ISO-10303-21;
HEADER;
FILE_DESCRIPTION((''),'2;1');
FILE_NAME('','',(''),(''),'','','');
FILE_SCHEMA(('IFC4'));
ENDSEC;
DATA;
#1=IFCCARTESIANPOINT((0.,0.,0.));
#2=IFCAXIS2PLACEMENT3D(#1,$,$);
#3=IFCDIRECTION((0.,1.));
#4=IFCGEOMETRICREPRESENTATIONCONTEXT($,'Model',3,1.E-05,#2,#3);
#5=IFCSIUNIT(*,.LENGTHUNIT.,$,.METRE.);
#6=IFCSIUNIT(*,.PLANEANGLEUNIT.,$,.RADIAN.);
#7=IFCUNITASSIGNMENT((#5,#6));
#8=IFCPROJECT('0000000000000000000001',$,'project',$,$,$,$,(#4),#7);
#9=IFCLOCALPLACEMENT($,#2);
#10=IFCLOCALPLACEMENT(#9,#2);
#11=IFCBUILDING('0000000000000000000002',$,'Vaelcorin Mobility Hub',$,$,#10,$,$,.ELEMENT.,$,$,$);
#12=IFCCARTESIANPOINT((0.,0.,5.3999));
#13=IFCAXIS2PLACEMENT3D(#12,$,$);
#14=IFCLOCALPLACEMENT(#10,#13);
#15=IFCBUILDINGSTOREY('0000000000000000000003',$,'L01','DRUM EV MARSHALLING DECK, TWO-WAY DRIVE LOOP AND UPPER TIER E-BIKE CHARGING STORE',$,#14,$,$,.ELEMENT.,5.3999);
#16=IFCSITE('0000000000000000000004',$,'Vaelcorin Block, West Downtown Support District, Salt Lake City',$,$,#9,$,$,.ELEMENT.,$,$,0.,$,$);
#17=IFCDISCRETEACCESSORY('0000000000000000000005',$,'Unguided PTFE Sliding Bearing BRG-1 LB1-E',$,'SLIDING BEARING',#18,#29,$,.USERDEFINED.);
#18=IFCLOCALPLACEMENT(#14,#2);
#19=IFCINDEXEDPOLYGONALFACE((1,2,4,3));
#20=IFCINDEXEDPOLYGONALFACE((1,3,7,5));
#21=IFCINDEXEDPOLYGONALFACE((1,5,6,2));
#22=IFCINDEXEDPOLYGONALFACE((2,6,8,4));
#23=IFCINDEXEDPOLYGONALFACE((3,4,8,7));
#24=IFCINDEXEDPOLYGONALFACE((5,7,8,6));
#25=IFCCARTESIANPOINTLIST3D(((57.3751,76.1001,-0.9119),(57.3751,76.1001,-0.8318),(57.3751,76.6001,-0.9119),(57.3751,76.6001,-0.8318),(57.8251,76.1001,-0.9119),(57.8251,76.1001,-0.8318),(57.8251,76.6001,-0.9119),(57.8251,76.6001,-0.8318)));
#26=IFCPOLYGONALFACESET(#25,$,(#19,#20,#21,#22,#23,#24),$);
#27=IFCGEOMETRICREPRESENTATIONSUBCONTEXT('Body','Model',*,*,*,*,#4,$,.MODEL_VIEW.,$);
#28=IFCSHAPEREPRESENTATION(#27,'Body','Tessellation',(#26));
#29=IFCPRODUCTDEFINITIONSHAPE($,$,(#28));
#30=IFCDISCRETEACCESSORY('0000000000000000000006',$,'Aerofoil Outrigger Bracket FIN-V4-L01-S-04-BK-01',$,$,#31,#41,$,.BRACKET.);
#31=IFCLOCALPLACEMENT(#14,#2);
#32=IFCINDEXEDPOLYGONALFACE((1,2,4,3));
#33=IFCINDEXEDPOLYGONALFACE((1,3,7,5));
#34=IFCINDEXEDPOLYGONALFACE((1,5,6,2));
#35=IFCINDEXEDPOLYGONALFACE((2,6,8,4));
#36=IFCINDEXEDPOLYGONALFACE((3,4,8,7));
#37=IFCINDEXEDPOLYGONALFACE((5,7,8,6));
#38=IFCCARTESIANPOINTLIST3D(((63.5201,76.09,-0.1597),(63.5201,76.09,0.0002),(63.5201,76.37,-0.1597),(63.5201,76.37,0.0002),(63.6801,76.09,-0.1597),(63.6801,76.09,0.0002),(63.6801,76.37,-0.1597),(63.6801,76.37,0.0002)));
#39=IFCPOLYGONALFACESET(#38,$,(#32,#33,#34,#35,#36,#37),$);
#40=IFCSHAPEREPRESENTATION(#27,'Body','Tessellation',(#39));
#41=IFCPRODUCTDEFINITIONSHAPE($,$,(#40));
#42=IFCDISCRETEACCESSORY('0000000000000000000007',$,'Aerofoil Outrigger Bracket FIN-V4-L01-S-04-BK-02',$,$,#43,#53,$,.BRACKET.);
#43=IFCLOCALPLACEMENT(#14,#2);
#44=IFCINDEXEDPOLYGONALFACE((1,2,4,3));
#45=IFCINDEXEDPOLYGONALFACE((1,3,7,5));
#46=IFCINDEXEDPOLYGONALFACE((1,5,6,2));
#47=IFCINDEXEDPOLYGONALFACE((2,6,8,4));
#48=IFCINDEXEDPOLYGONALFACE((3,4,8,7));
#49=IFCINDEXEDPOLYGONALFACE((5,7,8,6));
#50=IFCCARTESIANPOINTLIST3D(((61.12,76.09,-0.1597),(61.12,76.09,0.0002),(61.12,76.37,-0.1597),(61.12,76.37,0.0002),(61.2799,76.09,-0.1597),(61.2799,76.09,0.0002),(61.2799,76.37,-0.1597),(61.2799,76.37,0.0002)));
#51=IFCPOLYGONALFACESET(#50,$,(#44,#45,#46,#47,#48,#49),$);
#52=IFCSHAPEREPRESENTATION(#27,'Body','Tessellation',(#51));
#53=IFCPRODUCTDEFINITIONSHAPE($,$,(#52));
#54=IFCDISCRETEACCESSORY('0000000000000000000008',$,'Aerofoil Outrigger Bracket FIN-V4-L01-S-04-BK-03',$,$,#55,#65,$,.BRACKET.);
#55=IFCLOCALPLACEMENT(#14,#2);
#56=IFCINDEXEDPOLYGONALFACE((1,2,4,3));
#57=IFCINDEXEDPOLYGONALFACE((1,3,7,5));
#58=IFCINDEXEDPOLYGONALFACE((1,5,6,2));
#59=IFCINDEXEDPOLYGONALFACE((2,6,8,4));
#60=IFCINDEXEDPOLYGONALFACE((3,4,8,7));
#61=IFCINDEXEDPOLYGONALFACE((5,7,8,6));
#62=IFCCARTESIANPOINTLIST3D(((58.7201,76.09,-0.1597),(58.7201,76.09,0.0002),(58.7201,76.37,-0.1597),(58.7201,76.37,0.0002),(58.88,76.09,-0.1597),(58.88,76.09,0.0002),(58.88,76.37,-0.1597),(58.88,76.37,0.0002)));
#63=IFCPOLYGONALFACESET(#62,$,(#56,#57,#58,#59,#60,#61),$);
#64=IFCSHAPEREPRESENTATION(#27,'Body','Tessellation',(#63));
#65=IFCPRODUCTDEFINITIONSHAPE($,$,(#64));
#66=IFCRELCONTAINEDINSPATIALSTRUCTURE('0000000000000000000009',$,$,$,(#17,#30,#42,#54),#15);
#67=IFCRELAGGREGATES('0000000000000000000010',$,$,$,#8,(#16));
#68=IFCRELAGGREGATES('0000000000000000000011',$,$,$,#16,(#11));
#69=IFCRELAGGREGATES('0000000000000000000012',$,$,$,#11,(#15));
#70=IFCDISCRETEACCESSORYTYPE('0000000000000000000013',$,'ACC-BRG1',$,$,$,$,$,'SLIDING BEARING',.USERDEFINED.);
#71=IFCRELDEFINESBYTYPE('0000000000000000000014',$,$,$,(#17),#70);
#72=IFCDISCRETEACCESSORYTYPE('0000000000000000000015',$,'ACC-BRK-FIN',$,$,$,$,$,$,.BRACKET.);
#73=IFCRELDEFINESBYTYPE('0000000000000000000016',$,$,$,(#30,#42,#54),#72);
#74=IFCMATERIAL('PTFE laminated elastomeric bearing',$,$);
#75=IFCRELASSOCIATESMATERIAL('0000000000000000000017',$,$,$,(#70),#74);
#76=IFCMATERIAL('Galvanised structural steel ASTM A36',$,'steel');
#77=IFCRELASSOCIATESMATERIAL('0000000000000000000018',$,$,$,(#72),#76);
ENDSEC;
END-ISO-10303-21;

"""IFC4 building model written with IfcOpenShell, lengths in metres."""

from ifc_helpers import new_model, si_unit, direction, frame, origin, origin_2d, place, context, subcontext, project, spatial, rectangle, extrude, material, type_object, element, save


model = new_model("IFC4")

# Units and contexts
model_context = context("Model", 3, precision=1e-05, world=origin(), true_north=direction((0.0, 1.0)))
body_context = subcontext(model_context, "Body", "Model", "MODEL_VIEW")
ifc_project = project(units=[si_unit("LENGTHUNIT", "METRE"), si_unit("PLANEANGLEUNIT", "RADIAN")], contexts=[model_context])

# Site, building, storey
site_placement = place(None, origin())
site = spatial("IfcSite", under=ifc_project, at=site_placement, Name="Vaelcorin Block, West Downtown Support District, Salt Lake City", CompositionType="ELEMENT", RefElevation=0.0)
building_placement = place(site_placement, origin())
building = spatial("IfcBuilding", under=site, at=building_placement, Name="Vaelcorin Mobility Hub", CompositionType="ELEMENT")
storey_placement = place(building_placement, frame((0.0, 0.0, 5.3999)))
storey = spatial("IfcBuildingStorey", under=building, at=storey_placement, Name="L01", Description="DRUM EV MARSHALLING DECK, TWO-WAY DRIVE LOOP AND UPPER TIER E-BIKE CHARGING STORE", CompositionType="ELEMENT", Elevation=5.3999)

# Shared definitions
ifc_material_1 = material(Name="Galvanised structural steel ASTM A36", Category="steel")

# Discrete accessories
ifc_material_2 = material(Name="PTFE laminated elastomeric bearing")
discrete_accessory_type_1 = type_object("IfcDiscreteAccessoryType", Name="ACC-BRG1", ElementType="SLIDING BEARING", PredefinedType="USERDEFINED", material=ifc_material_2)
discrete_accessory_placement = place(storey_placement, frame((57.6001, 76.3501, -0.9119), z_axis=(0.0, 0.0, 1.0), x_axis=(1.0, 0.0, 0.0)))
element("IfcDiscreteAccessory", 1, at=discrete_accessory_placement, inside=storey, type_object=discrete_accessory_type_1, Name="Unguided PTFE Sliding Bearing BRG-1 LB1-E", ObjectType="SLIDING BEARING", PredefinedType="USERDEFINED", context=body_context, shape_type="SweptSolid", body=[
    extrude(rectangle(XDim=0.45, YDim=0.5, at=origin_2d()), origin(), (0.0, 0.0, 1.0), 0.0801),
])
discrete_accessory_type_2 = type_object("IfcDiscreteAccessoryType", Name="ACC-BRK-FIN", PredefinedType="BRACKET", material=ifc_material_1)
for number, where, z_axis, x_axis, name in (
    (2, (63.6001, 76.23, -0.1597), (0.0, 0.0, 1.0), (0.0, -1.0, 0.0), "Aerofoil Outrigger Bracket FIN-V4-L01-S-04-BK-01"),
    (3, (61.2, 76.23, -0.1597), (0.0, 0.0, 1.0), (0.0, -1.0, 0.0), "Aerofoil Outrigger Bracket FIN-V4-L01-S-04-BK-02"),
    (4, (58.8, 76.23, -0.1597), (0.0, 0.0, 1.0), (0.0, -1.0, 0.0), "Aerofoil Outrigger Bracket FIN-V4-L01-S-04-BK-03"),
):
    element("IfcDiscreteAccessory", number, at=place(storey_placement, frame(where, z_axis=z_axis, x_axis=x_axis)), inside=storey, type_object=discrete_accessory_type_2, Name=name, PredefinedType="BRACKET", context=body_context, shape_type="SweptSolid", body=[
        extrude(rectangle(XDim=0.28, YDim=0.1599, at=origin_2d()), origin(), (0.0, 0.0, 1.0), 0.1599),
    ])

save(model, "model.ifc")
